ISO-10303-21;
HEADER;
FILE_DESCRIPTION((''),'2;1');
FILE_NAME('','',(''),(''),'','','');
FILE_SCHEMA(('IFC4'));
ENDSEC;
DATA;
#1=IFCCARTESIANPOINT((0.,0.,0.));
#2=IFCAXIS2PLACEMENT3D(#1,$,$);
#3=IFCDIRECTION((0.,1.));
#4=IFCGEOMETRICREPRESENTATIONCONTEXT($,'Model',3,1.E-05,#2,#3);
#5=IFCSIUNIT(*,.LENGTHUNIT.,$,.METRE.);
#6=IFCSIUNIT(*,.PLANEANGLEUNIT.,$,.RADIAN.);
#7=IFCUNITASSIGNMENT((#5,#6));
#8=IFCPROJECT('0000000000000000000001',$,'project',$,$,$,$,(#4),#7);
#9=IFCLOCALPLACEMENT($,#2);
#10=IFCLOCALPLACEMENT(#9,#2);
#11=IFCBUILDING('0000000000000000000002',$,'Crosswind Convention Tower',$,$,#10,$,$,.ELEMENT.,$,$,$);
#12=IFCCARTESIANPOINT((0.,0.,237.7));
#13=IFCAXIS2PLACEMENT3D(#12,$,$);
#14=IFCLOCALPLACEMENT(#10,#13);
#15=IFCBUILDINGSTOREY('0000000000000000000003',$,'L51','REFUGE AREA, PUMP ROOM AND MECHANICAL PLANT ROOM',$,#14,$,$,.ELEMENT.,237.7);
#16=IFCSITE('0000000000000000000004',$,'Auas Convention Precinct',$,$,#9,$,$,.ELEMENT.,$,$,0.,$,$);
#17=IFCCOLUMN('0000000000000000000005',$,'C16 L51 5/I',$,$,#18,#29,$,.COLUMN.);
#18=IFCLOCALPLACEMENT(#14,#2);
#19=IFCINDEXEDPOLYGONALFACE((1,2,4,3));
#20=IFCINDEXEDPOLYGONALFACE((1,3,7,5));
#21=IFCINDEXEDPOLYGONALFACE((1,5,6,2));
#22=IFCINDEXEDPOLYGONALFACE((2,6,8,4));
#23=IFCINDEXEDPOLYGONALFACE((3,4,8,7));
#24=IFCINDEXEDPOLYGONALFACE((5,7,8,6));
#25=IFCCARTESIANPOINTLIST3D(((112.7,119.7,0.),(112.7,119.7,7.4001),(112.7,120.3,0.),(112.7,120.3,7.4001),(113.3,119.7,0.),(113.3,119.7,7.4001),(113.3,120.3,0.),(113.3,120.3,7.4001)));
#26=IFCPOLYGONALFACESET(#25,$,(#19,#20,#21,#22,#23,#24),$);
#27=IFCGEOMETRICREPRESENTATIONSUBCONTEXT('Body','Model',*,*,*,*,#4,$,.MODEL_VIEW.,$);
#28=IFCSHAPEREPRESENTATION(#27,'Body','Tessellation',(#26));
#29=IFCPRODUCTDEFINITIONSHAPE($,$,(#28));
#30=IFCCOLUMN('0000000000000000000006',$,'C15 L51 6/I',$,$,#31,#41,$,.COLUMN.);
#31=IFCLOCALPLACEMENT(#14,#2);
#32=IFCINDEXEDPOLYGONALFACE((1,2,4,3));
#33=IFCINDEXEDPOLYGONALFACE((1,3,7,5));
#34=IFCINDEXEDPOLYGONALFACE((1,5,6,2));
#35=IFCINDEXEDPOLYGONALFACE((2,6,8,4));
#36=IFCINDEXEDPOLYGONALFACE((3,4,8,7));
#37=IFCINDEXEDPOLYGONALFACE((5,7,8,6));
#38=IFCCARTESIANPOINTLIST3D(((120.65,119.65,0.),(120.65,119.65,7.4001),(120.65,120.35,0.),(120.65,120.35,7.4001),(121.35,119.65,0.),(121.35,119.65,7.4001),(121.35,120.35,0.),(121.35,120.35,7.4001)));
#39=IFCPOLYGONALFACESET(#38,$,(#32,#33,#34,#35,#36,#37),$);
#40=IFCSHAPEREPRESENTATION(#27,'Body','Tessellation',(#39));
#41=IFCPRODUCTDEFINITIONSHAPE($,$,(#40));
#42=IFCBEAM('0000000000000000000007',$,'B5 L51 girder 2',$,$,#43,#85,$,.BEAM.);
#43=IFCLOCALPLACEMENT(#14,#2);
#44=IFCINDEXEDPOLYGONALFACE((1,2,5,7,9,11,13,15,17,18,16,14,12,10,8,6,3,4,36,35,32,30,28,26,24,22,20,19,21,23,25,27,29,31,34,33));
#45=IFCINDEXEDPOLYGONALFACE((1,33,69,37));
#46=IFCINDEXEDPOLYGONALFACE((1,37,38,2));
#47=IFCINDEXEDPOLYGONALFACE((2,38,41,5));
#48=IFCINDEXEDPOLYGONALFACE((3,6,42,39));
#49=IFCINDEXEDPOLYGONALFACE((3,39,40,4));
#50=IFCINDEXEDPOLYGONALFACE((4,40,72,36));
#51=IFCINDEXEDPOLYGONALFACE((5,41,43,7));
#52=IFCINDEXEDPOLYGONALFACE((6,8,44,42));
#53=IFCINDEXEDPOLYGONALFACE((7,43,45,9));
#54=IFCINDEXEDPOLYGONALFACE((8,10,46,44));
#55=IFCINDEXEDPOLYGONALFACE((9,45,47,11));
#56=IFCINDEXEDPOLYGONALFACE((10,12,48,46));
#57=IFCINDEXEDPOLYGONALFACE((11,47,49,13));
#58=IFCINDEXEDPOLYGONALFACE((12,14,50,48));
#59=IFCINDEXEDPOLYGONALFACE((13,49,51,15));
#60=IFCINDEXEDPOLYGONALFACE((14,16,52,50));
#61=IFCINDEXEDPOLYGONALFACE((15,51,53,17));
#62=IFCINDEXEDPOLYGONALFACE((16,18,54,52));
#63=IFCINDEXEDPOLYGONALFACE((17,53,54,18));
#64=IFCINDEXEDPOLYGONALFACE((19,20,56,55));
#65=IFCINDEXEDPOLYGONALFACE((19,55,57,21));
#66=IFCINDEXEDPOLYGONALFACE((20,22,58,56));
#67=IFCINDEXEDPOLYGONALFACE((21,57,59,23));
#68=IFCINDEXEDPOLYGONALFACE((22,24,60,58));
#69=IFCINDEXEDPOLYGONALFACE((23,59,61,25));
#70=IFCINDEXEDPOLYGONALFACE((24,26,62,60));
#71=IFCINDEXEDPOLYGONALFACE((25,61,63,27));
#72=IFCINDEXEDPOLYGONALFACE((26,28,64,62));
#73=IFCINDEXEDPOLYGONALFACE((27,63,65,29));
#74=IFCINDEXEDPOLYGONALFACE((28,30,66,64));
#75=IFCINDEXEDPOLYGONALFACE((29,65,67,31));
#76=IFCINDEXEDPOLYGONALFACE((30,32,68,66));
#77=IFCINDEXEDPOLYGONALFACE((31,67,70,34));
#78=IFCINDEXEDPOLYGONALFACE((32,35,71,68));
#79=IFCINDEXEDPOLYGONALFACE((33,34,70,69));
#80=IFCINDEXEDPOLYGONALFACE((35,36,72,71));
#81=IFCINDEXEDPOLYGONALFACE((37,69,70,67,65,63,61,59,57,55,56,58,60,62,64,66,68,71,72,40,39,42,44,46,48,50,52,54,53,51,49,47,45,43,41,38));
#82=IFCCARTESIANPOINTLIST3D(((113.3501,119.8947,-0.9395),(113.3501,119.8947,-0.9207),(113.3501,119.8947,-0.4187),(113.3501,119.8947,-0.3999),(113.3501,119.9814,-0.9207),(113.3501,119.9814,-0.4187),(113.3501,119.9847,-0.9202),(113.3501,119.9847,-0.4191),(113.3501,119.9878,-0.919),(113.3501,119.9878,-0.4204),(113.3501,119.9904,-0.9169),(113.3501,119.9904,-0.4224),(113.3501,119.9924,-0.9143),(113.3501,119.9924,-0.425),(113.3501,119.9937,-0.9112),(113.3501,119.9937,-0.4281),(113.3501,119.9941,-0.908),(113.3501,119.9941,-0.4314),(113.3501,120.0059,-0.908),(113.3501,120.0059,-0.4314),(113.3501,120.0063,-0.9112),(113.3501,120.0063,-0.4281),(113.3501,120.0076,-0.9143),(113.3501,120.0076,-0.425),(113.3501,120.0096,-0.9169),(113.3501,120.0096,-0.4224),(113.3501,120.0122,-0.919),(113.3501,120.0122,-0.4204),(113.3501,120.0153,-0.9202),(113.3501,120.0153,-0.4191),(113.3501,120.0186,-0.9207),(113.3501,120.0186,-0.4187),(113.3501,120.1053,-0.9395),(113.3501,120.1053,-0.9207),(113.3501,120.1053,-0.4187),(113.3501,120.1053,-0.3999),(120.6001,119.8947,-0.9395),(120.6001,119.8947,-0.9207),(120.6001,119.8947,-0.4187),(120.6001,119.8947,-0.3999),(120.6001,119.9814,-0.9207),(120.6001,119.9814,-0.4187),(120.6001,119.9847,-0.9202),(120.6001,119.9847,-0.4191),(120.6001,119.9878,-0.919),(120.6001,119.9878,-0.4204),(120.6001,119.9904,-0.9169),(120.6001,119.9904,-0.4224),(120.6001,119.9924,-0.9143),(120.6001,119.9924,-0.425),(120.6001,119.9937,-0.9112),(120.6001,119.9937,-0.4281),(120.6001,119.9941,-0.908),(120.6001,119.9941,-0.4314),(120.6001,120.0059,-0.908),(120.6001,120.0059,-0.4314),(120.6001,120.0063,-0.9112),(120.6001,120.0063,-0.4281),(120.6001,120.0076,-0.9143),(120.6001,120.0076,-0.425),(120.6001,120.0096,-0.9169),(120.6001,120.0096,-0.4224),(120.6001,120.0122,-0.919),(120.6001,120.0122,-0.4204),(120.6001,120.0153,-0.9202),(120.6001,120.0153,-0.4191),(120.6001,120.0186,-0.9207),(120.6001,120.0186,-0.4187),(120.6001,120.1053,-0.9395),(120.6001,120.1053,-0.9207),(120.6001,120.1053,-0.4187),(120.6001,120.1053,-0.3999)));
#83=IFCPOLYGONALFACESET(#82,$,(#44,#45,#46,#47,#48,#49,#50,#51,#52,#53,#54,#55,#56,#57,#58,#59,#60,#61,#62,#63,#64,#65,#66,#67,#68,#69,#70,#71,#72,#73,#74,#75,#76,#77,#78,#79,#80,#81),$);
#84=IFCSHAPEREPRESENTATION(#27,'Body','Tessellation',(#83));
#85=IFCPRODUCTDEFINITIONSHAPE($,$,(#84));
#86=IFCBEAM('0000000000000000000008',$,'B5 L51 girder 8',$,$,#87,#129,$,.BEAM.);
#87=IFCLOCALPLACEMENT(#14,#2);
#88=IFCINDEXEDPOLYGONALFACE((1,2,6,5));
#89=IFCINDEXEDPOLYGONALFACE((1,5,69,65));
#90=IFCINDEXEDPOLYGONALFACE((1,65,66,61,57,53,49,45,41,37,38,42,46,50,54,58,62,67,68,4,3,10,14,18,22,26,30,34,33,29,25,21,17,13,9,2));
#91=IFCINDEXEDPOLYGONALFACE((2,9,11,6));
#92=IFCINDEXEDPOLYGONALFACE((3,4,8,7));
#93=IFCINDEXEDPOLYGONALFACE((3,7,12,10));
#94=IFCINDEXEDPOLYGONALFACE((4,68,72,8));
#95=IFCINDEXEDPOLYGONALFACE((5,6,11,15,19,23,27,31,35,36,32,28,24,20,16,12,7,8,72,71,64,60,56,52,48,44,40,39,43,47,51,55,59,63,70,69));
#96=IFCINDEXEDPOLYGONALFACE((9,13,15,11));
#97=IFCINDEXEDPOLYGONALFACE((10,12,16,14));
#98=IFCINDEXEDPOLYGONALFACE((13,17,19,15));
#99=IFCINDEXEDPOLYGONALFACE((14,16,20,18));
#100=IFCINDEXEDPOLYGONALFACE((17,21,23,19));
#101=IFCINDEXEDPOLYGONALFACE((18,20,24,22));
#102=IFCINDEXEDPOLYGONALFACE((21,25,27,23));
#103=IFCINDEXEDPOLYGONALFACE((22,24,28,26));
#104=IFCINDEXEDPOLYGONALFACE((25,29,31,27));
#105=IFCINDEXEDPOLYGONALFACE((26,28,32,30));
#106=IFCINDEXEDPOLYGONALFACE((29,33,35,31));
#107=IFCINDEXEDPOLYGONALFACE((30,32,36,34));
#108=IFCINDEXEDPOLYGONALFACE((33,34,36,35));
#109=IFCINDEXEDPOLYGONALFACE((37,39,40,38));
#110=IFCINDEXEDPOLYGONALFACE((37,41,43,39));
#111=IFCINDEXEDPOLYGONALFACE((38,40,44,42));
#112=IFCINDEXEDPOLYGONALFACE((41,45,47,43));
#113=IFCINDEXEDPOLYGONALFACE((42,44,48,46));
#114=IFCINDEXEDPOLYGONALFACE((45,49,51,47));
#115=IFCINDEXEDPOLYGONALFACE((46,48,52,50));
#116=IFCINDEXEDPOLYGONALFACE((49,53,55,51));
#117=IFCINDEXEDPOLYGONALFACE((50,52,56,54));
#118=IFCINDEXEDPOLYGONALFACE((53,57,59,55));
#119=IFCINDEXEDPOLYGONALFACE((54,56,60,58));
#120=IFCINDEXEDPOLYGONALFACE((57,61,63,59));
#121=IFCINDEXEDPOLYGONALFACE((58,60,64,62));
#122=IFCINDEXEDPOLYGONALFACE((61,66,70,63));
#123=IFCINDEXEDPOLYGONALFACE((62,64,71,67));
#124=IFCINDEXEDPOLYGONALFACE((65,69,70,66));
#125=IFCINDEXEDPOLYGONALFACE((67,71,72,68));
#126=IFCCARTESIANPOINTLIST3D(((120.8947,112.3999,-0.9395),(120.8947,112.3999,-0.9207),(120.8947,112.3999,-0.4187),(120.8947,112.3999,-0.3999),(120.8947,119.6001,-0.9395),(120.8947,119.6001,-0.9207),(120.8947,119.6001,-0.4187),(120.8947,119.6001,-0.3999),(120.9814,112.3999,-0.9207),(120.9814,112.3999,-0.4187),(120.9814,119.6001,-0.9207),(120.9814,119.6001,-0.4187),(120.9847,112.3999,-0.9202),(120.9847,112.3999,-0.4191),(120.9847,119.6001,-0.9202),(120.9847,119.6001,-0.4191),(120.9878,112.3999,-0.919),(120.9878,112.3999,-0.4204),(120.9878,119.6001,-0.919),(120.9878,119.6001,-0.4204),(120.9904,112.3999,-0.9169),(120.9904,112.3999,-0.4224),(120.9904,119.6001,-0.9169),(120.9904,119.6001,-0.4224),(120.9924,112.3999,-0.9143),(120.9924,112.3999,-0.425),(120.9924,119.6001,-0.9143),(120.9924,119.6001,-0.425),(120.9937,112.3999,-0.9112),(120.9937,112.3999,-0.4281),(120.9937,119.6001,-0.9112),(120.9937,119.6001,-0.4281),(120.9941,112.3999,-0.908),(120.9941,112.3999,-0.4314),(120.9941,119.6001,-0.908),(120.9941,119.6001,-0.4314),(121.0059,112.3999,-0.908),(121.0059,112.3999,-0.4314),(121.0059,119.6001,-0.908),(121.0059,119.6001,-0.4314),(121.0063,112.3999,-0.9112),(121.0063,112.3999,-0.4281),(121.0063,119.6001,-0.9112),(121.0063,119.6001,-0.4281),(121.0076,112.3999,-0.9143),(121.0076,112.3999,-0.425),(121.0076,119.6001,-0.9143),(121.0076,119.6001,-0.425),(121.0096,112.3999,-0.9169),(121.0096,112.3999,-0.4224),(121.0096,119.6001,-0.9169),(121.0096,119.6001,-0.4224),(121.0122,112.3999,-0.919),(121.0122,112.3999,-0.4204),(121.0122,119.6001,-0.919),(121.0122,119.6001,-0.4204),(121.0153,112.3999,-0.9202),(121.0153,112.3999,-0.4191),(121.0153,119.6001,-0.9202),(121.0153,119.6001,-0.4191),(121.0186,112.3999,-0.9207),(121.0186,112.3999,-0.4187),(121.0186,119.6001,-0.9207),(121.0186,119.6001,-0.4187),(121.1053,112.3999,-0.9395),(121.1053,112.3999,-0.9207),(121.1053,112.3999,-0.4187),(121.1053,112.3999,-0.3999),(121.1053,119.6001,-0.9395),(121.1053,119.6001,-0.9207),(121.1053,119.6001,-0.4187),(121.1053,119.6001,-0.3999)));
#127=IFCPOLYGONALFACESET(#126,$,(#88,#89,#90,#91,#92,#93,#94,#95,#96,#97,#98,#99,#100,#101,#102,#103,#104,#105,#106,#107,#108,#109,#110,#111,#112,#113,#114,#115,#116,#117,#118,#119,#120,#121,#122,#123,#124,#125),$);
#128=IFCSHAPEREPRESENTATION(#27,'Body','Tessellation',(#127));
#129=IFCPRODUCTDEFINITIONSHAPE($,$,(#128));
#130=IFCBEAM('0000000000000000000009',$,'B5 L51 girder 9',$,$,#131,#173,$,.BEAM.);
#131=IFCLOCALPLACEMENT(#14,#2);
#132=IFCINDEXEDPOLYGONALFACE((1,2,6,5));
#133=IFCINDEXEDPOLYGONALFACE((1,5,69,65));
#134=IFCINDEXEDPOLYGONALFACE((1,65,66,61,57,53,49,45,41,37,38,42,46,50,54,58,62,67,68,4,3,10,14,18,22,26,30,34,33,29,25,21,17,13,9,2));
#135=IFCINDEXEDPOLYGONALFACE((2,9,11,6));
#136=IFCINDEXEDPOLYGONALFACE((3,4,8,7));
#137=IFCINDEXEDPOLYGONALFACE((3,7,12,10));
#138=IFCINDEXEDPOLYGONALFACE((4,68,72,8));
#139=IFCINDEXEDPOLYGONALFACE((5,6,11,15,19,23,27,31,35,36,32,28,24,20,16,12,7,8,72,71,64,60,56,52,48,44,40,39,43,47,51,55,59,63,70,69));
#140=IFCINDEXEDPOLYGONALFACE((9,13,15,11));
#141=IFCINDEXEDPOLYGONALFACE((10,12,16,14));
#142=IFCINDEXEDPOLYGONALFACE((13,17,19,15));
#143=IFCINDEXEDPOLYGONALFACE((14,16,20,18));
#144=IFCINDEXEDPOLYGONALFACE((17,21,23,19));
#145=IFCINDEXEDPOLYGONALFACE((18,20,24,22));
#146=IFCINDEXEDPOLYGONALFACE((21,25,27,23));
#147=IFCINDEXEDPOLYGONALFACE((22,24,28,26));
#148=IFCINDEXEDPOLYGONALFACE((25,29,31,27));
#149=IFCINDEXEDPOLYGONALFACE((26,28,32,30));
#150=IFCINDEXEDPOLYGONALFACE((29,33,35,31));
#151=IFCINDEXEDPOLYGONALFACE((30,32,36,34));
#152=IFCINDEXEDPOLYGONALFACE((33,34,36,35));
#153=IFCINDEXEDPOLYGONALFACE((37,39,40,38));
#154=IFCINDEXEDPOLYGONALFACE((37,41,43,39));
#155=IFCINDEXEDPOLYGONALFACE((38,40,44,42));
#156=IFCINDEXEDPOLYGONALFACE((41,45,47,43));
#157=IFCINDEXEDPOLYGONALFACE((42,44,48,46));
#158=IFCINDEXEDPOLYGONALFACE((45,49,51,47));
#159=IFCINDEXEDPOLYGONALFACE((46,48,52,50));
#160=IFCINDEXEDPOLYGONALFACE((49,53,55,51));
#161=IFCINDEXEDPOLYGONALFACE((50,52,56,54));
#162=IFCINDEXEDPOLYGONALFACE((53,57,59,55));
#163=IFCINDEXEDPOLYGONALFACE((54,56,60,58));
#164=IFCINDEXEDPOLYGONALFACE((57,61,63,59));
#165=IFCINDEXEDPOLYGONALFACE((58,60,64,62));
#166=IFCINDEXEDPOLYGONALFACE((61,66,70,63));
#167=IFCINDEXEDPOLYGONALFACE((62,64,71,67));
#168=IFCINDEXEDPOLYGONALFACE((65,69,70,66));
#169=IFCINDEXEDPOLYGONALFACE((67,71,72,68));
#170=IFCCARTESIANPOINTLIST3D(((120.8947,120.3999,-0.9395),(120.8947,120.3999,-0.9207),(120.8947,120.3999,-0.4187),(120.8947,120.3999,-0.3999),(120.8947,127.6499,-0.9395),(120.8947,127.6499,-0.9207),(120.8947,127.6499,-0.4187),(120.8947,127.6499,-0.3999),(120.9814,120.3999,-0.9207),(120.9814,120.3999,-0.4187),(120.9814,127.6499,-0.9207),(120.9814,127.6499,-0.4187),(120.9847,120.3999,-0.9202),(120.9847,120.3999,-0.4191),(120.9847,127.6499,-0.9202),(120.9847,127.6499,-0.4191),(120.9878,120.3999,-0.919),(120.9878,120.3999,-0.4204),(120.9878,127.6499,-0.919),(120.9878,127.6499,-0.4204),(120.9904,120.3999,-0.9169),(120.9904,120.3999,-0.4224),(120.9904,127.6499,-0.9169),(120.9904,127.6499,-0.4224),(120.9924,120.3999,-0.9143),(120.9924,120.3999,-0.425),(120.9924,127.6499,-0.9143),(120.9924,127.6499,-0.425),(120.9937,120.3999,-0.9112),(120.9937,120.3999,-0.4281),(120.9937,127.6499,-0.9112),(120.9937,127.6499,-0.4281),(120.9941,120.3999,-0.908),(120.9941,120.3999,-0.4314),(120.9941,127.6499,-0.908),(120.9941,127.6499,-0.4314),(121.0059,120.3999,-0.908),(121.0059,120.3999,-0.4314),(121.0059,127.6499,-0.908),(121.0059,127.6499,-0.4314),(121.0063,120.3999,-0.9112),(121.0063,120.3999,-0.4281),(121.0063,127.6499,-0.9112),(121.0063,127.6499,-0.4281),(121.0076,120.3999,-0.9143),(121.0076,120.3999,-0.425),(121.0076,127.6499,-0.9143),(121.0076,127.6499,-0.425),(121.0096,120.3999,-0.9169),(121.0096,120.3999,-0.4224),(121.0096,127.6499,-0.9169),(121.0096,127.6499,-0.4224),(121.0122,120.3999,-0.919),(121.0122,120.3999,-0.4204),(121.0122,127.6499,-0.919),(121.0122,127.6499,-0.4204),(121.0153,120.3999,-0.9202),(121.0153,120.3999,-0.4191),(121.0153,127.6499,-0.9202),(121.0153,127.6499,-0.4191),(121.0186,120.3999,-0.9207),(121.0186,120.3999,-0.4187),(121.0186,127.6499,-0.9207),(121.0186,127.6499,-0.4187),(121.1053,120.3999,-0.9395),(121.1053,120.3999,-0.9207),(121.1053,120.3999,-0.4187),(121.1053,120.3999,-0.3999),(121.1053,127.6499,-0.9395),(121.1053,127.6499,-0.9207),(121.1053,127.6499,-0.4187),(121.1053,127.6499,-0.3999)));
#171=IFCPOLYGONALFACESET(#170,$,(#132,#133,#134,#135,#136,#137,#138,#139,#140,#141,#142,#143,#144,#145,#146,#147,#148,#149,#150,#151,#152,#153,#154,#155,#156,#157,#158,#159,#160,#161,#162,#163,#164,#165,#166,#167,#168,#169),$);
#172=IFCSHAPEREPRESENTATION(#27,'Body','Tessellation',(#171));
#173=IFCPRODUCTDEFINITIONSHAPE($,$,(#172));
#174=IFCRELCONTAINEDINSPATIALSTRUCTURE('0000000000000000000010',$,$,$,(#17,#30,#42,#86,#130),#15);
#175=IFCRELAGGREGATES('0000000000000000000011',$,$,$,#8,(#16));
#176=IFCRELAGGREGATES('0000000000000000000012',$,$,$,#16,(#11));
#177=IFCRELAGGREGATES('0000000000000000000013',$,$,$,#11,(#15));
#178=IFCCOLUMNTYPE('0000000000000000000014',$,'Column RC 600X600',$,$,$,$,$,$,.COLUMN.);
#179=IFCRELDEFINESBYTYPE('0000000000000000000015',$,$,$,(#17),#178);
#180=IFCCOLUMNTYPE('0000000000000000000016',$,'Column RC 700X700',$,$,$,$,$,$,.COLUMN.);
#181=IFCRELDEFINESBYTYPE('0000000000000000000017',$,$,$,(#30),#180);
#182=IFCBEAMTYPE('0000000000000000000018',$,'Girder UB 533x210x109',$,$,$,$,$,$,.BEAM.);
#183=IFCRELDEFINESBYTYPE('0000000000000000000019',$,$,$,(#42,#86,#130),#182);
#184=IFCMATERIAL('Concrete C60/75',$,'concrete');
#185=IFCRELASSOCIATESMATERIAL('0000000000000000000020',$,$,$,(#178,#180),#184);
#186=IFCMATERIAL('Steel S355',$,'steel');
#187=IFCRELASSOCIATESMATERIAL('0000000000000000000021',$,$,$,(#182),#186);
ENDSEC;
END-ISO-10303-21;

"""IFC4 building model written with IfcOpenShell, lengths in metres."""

from ifc_helpers import new_model, si_unit, direction, frame, origin, origin_2d, place, context, subcontext, project, spatial, rectangle, i_section, extrude, material, material_profile, profile_set, type_object, element, save


model = new_model("IFC4")

# Units and contexts
model_context = context("Model", 3, precision=1e-05, world=origin(), true_north=direction((0.0, 1.0)))
body_context = subcontext(model_context, "Body", "Model", "MODEL_VIEW")
ifc_project = project(units=[si_unit("LENGTHUNIT", "METRE"), si_unit("PLANEANGLEUNIT", "RADIAN")], contexts=[model_context])

# Site, building, storey
site_placement = place(None, origin())
site = spatial("IfcSite", under=ifc_project, at=site_placement, Name="Auas Convention Precinct", CompositionType="ELEMENT", RefElevation=0.0)
building_placement = place(site_placement, origin())
building = spatial("IfcBuilding", under=site, at=building_placement, Name="Crosswind Convention Tower", CompositionType="ELEMENT")
storey_placement = place(building_placement, frame((0.0, 0.0, 237.7)))
storey = spatial("IfcBuildingStorey", under=building, at=storey_placement, Name="L51", Description="REFUGE AREA, PUMP ROOM AND MECHANICAL PLANT ROOM", CompositionType="ELEMENT", Elevation=237.7)

# Columns
ifc_material_1 = material(Name="Concrete C60/75", Category="concrete")
ifc_material_profile_1 = material_profile(ifc_material_1, rectangle(XDim=0.6001, YDim=0.6001, at=origin_2d()), Name="RC 600X600")
ifc_profile_set_1 = profile_set([ifc_material_profile_1], Name="Concrete C60/75")
column_type_1 = type_object("IfcColumnType", Name="Column RC 600X600", PredefinedType="COLUMN", material=ifc_profile_set_1)
column_1_placement = place(storey_placement, frame((113.0, 120.0, 0.0), z_axis=(0.0, 0.0, 1.0), x_axis=(1.0, 0.0, 0.0)))
element("IfcColumn", 1, at=column_1_placement, inside=storey, type_object=column_type_1, Name="C16 L51 5/I", PredefinedType="COLUMN", context=body_context, shape_type="SweptSolid", body=[
    extrude(rectangle(XDim=0.6001, YDim=0.6001, at=origin_2d()), origin(), (0.0, 0.0, 1.0), 7.4001),
])
ifc_material_profile_2 = material_profile(ifc_material_1, rectangle(XDim=0.7, YDim=0.7, at=origin_2d()), Name="RC 700X700")
ifc_profile_set_2 = profile_set([ifc_material_profile_2], Name="Concrete C60/75")
column_type_2 = type_object("IfcColumnType", Name="Column RC 700X700", PredefinedType="COLUMN", material=ifc_profile_set_2)
column_2_placement = place(storey_placement, frame((121.0, 120.0, 0.0), z_axis=(0.0, 0.0, 1.0), x_axis=(1.0, 0.0, 0.0)))
element("IfcColumn", 2, at=column_2_placement, inside=storey, type_object=column_type_2, Name="C15 L51 6/I", PredefinedType="COLUMN", context=body_context, shape_type="SweptSolid", body=[
    extrude(rectangle(XDim=0.7, YDim=0.7, at=origin_2d()), origin(), (0.0, 0.0, 1.0), 7.4001),
])

# Beams
ifc_material_2 = material(Name="Steel S355", Category="steel")
ifc_material_profile_3 = material_profile(ifc_material_2, i_section(OverallWidth=0.2107, OverallDepth=0.5396, WebThickness=0.0117, FlangeThickness=0.0188, FilletRadius=0.0127, at=origin_2d()), Name="UB 533x210x109")
ifc_profile_set_3 = profile_set([ifc_material_profile_3], Name="Steel S355")
beam_type_1 = type_object("IfcBeamType", Name="Girder UB 533x210x109", PredefinedType="BEAM", material=ifc_profile_set_3)
beam_1_placement = place(storey_placement, frame((113.3501, 120.0, -0.6697), z_axis=(1.0, 0.0, 0.0), x_axis=(0.0, 1.0, 0.0)))
element("IfcBeam", 3, at=beam_1_placement, inside=storey, type_object=beam_type_1, Name="B5 L51 girder 2", PredefinedType="BEAM", context=body_context, shape_type="SweptSolid", body=[
    extrude(i_section(OverallWidth=0.2107, OverallDepth=0.5396, WebThickness=0.0117, FlangeThickness=0.0188, FilletRadius=0.0127, at=origin_2d()), origin(), (0.0, 0.0, 1.0), 7.25),
])
beam_2_placement = place(storey_placement, frame((121.0, 112.3999, -0.6697), z_axis=(0.0, 1.0, 0.0), x_axis=(-1.0, 0.0, 0.0)))
element("IfcBeam", 4, at=beam_2_placement, inside=storey, type_object=beam_type_1, Name="B5 L51 girder 8", PredefinedType="BEAM", context=body_context, shape_type="SweptSolid", body=[
    extrude(i_section(OverallWidth=0.2107, OverallDepth=0.5396, WebThickness=0.0117, FlangeThickness=0.0188, FilletRadius=0.0127, at=origin_2d()), origin(), (0.0, 0.0, 1.0), 7.2002),
])
beam_3_placement = place(storey_placement, frame((121.0, 120.3999, -0.6697), z_axis=(0.0, 1.0, 0.0), x_axis=(-1.0, 0.0, 0.0)))
element("IfcBeam", 5, at=beam_3_placement, inside=storey, type_object=beam_type_1, Name="B5 L51 girder 9", PredefinedType="BEAM", context=body_context, shape_type="SweptSolid", body=[
    extrude(i_section(OverallWidth=0.2107, OverallDepth=0.5396, WebThickness=0.0117, FlangeThickness=0.0188, FilletRadius=0.0127, at=origin_2d()), origin(), (0.0, 0.0, 1.0), 7.25),
])

save(model, "model.ifc")
